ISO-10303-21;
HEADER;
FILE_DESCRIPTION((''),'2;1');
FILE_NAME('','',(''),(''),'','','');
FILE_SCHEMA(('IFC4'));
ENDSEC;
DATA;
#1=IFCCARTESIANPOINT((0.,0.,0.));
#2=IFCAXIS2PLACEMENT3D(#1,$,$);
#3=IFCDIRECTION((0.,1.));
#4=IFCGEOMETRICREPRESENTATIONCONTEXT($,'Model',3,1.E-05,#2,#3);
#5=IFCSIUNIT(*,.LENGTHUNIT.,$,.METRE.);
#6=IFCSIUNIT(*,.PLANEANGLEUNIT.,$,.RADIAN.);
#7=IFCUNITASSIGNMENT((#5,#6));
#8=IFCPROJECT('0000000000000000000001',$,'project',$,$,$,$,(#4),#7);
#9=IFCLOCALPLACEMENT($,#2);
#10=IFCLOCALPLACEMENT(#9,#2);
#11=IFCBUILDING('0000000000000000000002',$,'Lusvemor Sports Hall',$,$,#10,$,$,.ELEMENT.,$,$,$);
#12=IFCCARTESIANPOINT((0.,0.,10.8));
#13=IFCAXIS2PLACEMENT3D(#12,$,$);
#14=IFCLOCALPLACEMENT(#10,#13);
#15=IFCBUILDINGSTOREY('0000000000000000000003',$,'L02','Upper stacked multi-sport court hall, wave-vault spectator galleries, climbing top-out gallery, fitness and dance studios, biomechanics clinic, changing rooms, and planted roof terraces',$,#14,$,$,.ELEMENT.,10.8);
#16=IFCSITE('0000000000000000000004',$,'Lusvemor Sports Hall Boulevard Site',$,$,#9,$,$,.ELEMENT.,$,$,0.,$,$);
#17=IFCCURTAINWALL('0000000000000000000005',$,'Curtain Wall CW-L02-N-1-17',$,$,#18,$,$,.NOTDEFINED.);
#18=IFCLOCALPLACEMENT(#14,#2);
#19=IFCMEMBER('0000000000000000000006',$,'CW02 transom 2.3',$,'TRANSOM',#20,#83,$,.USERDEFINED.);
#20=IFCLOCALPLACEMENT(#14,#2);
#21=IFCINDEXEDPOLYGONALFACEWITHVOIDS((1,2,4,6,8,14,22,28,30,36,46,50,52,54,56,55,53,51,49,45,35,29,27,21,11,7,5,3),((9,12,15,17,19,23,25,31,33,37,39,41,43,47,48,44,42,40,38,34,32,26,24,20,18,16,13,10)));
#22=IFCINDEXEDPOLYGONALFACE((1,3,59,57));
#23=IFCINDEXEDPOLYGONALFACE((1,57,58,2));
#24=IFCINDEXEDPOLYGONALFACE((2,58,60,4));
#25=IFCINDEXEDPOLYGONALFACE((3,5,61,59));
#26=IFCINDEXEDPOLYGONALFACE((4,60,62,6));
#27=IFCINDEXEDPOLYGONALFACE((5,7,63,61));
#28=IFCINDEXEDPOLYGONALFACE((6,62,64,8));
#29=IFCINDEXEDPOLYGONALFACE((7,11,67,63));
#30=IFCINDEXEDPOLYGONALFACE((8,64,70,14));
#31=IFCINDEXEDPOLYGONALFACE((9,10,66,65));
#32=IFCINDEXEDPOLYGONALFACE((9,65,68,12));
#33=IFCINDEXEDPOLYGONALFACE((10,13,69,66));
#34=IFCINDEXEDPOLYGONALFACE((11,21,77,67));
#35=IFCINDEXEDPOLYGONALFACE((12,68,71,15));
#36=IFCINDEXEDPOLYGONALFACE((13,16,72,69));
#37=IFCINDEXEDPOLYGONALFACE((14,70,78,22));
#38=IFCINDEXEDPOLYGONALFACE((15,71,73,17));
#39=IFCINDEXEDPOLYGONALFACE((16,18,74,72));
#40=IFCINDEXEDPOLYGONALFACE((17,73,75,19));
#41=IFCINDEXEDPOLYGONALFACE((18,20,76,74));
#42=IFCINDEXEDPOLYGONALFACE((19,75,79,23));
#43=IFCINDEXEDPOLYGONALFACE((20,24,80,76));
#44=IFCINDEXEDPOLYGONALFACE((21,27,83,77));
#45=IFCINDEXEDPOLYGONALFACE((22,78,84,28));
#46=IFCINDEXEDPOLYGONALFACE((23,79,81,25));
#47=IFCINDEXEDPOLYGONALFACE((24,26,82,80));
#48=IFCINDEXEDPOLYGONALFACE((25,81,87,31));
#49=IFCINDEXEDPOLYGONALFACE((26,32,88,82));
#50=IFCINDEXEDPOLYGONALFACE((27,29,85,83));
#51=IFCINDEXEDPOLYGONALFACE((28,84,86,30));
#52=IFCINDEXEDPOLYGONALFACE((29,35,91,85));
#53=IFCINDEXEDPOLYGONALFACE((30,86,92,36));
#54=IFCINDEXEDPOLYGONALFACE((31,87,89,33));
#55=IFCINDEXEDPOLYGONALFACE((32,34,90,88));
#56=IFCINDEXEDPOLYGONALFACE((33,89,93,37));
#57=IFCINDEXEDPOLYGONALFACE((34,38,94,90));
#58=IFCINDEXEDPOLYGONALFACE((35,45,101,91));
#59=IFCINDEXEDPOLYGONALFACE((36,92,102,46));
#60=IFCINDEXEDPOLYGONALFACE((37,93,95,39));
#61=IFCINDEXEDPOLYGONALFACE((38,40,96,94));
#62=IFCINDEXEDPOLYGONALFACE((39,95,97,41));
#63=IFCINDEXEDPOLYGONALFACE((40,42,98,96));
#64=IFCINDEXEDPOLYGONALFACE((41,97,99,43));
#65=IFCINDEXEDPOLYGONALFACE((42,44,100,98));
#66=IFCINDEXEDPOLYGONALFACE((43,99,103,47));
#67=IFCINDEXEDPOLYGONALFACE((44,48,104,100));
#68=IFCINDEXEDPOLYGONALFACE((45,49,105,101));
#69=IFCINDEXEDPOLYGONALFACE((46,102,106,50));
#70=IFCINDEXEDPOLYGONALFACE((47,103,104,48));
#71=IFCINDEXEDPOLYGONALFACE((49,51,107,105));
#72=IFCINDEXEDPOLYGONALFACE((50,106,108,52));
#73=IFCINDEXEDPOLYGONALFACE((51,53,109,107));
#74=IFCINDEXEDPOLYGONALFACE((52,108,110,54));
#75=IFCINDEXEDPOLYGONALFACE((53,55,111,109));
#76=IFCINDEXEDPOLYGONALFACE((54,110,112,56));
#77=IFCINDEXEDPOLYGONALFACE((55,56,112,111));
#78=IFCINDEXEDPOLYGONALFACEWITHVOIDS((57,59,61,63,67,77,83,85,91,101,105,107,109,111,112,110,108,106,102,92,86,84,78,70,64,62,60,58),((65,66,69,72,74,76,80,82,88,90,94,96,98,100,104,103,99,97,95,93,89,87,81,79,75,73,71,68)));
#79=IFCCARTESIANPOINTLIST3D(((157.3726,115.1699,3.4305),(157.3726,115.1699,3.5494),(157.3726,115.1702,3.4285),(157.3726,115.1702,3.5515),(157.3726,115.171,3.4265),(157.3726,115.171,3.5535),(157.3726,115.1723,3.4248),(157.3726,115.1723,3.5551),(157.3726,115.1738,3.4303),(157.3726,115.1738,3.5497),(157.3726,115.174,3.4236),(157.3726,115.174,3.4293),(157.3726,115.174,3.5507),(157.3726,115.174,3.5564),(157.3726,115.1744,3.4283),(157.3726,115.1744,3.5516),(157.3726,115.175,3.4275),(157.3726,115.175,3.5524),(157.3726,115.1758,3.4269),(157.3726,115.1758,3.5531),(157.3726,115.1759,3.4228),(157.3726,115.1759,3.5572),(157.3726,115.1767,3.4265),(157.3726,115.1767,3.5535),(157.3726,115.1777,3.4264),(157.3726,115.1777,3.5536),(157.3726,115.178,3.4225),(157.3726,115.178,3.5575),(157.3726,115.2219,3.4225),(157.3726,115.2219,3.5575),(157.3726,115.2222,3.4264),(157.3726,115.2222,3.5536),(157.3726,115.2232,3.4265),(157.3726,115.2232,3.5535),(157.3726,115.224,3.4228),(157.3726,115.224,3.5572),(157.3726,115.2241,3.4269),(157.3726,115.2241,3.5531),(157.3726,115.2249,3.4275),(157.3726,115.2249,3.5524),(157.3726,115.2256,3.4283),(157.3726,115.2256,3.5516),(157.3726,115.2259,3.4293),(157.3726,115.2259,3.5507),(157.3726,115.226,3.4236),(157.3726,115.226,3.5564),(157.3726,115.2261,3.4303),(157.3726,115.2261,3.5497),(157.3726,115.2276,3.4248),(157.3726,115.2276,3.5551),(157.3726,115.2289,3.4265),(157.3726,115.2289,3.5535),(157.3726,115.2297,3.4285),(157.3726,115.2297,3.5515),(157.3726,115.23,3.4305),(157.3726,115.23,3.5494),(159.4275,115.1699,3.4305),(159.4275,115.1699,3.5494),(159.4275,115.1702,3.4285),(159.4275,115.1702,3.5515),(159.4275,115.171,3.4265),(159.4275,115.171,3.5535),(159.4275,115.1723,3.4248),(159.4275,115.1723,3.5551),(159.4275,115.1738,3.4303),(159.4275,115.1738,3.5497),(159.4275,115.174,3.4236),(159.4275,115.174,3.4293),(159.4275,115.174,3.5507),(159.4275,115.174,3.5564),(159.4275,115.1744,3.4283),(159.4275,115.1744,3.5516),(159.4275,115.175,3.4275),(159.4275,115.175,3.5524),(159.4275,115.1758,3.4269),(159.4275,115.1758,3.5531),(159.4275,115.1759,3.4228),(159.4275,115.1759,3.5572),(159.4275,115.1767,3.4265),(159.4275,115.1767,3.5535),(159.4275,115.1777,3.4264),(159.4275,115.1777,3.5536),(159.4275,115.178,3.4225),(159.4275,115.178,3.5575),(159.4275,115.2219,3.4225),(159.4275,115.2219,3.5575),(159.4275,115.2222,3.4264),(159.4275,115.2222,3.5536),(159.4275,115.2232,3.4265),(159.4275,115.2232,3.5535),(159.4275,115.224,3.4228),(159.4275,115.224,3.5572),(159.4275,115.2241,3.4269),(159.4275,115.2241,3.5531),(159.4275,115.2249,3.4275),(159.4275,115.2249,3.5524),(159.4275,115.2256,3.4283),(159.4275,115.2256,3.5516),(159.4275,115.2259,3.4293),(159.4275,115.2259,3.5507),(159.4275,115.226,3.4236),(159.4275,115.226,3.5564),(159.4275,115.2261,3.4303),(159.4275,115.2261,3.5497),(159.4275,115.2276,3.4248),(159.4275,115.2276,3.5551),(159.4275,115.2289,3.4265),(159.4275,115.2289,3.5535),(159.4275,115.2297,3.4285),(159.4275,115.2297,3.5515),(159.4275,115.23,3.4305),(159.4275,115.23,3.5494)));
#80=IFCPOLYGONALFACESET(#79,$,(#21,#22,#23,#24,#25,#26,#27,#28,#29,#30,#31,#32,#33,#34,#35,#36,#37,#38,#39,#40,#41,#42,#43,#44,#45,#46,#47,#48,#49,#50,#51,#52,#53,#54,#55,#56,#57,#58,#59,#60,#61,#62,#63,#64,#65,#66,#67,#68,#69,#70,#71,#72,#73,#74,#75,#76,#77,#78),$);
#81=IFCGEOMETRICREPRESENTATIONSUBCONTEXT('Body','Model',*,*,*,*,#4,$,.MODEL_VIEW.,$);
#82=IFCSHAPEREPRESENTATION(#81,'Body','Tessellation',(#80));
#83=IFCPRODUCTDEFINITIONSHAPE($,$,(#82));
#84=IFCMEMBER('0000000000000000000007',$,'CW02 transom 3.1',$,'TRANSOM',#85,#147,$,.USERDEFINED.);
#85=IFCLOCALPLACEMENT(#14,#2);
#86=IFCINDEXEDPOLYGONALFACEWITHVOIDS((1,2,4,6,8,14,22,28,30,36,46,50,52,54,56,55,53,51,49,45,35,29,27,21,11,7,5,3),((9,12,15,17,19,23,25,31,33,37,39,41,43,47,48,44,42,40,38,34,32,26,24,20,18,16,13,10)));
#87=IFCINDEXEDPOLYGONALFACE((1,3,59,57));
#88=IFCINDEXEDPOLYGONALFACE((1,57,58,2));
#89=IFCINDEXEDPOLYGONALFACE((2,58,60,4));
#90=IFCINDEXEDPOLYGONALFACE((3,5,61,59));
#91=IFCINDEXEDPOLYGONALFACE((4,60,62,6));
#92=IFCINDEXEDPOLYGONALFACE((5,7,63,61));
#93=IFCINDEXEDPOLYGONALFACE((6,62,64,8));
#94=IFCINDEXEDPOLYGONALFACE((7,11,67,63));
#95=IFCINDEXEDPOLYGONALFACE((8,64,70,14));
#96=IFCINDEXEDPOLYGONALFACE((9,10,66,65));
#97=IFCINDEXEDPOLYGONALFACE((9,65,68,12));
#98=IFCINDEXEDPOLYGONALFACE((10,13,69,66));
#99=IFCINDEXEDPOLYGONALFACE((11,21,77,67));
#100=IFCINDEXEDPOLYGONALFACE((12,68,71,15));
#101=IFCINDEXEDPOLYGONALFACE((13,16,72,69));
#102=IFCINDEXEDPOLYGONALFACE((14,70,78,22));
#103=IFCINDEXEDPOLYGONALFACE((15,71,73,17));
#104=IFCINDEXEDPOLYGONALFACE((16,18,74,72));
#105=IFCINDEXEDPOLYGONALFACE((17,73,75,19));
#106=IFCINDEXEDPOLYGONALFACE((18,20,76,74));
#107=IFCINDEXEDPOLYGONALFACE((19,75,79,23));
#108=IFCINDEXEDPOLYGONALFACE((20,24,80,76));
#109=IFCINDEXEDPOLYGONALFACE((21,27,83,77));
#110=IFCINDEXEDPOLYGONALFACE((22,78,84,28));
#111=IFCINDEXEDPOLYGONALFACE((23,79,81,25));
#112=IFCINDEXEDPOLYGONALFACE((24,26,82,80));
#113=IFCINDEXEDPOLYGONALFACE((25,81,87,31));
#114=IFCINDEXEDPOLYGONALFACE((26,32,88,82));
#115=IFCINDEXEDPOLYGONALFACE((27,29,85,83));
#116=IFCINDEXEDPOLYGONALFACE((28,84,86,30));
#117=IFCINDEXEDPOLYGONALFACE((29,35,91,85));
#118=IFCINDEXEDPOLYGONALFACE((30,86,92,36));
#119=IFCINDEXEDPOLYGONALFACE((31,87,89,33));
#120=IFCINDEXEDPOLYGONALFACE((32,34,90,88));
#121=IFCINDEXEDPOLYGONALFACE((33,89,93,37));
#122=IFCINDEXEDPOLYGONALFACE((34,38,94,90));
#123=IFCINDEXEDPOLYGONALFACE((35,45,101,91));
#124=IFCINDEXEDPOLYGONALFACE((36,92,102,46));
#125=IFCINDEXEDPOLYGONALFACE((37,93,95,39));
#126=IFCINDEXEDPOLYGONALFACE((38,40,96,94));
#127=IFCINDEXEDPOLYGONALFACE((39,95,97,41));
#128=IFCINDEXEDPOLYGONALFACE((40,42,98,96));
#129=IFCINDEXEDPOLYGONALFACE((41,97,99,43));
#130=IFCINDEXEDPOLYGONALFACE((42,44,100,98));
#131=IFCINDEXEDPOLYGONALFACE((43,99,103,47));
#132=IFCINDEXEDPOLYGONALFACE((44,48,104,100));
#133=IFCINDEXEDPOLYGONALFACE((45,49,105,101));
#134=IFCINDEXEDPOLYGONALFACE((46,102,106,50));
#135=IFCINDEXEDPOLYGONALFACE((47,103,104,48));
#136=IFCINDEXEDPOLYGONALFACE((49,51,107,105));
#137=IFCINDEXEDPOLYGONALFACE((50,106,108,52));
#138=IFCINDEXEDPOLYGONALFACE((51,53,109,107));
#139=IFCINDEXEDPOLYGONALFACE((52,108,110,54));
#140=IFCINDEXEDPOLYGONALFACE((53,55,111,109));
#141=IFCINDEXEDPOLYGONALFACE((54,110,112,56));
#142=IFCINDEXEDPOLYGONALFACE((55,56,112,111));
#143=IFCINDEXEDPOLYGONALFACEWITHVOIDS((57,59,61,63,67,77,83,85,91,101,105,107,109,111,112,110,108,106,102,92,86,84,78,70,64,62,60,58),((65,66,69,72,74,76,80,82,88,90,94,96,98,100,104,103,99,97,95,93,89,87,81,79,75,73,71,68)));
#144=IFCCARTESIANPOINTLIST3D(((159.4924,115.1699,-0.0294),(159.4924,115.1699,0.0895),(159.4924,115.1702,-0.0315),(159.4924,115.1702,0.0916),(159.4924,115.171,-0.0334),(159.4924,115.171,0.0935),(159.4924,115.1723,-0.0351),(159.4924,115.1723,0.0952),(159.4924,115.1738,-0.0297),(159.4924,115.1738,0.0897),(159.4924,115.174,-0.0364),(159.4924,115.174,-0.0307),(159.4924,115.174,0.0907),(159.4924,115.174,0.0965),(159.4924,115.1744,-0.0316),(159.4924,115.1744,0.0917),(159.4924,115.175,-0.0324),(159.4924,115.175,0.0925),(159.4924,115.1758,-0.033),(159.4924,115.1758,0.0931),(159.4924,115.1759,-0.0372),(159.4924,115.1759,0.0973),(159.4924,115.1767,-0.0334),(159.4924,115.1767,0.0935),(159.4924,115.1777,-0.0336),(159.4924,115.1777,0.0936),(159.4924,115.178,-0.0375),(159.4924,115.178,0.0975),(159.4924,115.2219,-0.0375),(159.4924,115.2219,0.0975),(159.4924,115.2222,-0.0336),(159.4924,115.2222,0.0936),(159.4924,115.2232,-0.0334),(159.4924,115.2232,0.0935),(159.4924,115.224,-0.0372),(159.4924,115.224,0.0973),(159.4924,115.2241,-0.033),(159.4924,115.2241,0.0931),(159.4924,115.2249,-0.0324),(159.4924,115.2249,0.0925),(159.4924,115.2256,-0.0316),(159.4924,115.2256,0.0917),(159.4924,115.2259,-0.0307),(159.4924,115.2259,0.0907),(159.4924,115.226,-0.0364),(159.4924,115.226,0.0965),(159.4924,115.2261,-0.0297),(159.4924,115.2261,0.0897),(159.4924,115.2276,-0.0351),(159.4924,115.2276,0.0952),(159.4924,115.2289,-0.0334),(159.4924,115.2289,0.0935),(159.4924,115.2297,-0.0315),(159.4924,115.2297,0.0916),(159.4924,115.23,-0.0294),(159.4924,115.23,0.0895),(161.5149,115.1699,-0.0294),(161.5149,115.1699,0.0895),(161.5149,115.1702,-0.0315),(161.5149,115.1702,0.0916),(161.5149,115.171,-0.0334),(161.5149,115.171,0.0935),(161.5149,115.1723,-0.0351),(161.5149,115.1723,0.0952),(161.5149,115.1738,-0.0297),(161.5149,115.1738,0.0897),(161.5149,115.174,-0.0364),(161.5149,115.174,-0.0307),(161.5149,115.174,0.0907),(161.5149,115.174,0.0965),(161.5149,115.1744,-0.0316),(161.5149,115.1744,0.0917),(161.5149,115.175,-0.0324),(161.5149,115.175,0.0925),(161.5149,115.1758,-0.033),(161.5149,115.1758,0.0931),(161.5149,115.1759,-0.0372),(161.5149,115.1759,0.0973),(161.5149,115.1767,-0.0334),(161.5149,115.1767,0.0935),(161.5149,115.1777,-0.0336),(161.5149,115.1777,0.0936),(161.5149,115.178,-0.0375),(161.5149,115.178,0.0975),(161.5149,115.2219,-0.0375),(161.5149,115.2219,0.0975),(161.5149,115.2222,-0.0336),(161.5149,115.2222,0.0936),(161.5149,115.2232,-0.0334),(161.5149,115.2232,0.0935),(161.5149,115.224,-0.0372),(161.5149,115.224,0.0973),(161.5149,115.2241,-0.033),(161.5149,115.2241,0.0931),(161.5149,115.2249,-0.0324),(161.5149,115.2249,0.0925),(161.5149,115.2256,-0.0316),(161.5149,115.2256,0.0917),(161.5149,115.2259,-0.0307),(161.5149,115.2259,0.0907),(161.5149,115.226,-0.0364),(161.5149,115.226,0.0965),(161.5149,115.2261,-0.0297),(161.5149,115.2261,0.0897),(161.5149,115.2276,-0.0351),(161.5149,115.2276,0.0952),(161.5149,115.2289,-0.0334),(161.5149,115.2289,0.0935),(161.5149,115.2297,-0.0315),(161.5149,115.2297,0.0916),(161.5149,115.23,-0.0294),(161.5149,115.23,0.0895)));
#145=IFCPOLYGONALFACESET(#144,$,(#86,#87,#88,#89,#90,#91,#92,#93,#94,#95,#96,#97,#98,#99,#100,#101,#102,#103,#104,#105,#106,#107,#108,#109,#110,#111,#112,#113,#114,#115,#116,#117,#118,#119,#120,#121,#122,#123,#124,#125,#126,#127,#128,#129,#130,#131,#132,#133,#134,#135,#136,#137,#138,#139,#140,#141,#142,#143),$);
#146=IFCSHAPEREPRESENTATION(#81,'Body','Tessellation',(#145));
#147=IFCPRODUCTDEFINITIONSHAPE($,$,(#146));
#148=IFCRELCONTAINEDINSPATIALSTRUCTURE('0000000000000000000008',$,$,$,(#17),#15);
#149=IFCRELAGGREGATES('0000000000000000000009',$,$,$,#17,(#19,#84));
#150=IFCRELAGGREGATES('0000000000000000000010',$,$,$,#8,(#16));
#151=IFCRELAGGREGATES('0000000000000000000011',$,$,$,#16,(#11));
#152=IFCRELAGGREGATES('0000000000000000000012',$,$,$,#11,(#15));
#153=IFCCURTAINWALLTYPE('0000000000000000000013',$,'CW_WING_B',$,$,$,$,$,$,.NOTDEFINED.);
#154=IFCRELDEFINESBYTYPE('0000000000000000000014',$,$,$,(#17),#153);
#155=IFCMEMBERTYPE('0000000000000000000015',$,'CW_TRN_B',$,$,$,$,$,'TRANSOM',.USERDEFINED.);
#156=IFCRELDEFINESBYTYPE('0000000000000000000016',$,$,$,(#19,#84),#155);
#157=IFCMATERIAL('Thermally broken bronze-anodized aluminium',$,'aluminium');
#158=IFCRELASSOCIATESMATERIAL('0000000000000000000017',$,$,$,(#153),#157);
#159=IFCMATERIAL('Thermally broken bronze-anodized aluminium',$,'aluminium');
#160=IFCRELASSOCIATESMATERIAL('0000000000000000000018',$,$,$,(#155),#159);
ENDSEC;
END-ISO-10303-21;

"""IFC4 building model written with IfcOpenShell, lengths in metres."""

from ifc_helpers import new_model, si_unit, direction, frame, origin, origin_2d, place, context, subcontext, project, spatial, hollow_rectangle, extrude, material, material_profile, profile_set, type_object, element, aggregate, save


model = new_model("IFC4")

# Units and contexts
model_context = context("Model", 3, precision=1e-05, world=origin(), true_north=direction((0.0, 1.0)))
body_context = subcontext(model_context, "Body", "Model", "MODEL_VIEW")
ifc_project = project(units=[si_unit("LENGTHUNIT", "METRE"), si_unit("PLANEANGLEUNIT", "RADIAN")], contexts=[model_context])

# Site, building, storey
site_placement = place(None, origin())
site = spatial("IfcSite", under=ifc_project, at=site_placement, Name="Lusvemor Sports Hall Boulevard Site", CompositionType="ELEMENT", RefElevation=0.0)
building_placement = place(site_placement, origin())
building = spatial("IfcBuilding", under=site, at=building_placement, Name="Lusvemor Sports Hall", CompositionType="ELEMENT")
storey_placement = place(building_placement, frame((0.0, 0.0, 10.8)))
storey = spatial("IfcBuildingStorey", under=building, at=storey_placement, Name="L02", Description="Upper stacked multi-sport court hall, wave-vault spectator galleries, climbing top-out gallery, fitness and dance studios, biomechanics clinic, changing rooms, and planted roof terraces", CompositionType="ELEMENT", Elevation=10.8)

# Curtain wall, members
ifc_material_1 = material(Name="Thermally broken bronze-anodized aluminium", Category="aluminium")
curtain_wall_type = type_object("IfcCurtainWallType", Name="CW_WING_B", PredefinedType="NOTDEFINED", material=ifc_material_1)
curtain_wall_placement = place(storey_placement, origin())
curtain_wall = element("IfcCurtainWall", 1, at=curtain_wall_placement, inside=storey, type_object=curtain_wall_type, Name="Curtain Wall CW-L02-N-1-17", PredefinedType="NOTDEFINED")
ifc_material_2 = material(Name="Thermally broken bronze-anodized aluminium", Category="aluminium")
ifc_material_profile_1 = material_profile(ifc_material_2, hollow_rectangle(XDim=0.0601, YDim=0.135, WallThickness=0.0039, InnerFilletRadius=0.0039, OuterFilletRadius=0.0081, at=origin_2d()), Name="CWTRN135x60x4")
ifc_profile_set_1 = profile_set([ifc_material_profile_1], Name="Thermally broken bronze-anodized aluminium")
member_type_1 = type_object("IfcMemberType", Name="CW_TRN_B", ElementType="TRANSOM", PredefinedType="USERDEFINED", material=ifc_profile_set_1)
member_1_placement = place(storey_placement, frame((157.3726, 115.2, 3.49), z_axis=(1.0, 0.0, 0.0), x_axis=(0.0, 1.0, 0.0)))
member_1 = element("IfcMember", 2, at=member_1_placement, type_object=member_type_1, Name="CW02 transom 2.3", ObjectType="TRANSOM", PredefinedType="USERDEFINED", context=body_context, shape_type="SweptSolid", body=[
    extrude(hollow_rectangle(XDim=0.0601, YDim=0.135, WallThickness=0.0039, InnerFilletRadius=0.0039, OuterFilletRadius=0.0081, at=origin_2d()), origin(), (0.0, 0.0, 1.0), 2.0549),
])
member_2_placement = place(storey_placement, frame((159.4924, 115.2, 0.03), z_axis=(1.0, 0.0, 0.0), x_axis=(0.0, 1.0, 0.0)))
member_2 = element("IfcMember", 3, at=member_2_placement, type_object=member_type_1, Name="CW02 transom 3.1", ObjectType="TRANSOM", PredefinedType="USERDEFINED", context=body_context, shape_type="SweptSolid", body=[
    extrude(hollow_rectangle(XDim=0.0601, YDim=0.135, WallThickness=0.0039, InnerFilletRadius=0.0039, OuterFilletRadius=0.0081, at=origin_2d()), origin(), (0.0, 0.0, 1.0), 2.0225),
])
aggregate(curtain_wall, [member_1, member_2])

save(model, "model.ifc")
